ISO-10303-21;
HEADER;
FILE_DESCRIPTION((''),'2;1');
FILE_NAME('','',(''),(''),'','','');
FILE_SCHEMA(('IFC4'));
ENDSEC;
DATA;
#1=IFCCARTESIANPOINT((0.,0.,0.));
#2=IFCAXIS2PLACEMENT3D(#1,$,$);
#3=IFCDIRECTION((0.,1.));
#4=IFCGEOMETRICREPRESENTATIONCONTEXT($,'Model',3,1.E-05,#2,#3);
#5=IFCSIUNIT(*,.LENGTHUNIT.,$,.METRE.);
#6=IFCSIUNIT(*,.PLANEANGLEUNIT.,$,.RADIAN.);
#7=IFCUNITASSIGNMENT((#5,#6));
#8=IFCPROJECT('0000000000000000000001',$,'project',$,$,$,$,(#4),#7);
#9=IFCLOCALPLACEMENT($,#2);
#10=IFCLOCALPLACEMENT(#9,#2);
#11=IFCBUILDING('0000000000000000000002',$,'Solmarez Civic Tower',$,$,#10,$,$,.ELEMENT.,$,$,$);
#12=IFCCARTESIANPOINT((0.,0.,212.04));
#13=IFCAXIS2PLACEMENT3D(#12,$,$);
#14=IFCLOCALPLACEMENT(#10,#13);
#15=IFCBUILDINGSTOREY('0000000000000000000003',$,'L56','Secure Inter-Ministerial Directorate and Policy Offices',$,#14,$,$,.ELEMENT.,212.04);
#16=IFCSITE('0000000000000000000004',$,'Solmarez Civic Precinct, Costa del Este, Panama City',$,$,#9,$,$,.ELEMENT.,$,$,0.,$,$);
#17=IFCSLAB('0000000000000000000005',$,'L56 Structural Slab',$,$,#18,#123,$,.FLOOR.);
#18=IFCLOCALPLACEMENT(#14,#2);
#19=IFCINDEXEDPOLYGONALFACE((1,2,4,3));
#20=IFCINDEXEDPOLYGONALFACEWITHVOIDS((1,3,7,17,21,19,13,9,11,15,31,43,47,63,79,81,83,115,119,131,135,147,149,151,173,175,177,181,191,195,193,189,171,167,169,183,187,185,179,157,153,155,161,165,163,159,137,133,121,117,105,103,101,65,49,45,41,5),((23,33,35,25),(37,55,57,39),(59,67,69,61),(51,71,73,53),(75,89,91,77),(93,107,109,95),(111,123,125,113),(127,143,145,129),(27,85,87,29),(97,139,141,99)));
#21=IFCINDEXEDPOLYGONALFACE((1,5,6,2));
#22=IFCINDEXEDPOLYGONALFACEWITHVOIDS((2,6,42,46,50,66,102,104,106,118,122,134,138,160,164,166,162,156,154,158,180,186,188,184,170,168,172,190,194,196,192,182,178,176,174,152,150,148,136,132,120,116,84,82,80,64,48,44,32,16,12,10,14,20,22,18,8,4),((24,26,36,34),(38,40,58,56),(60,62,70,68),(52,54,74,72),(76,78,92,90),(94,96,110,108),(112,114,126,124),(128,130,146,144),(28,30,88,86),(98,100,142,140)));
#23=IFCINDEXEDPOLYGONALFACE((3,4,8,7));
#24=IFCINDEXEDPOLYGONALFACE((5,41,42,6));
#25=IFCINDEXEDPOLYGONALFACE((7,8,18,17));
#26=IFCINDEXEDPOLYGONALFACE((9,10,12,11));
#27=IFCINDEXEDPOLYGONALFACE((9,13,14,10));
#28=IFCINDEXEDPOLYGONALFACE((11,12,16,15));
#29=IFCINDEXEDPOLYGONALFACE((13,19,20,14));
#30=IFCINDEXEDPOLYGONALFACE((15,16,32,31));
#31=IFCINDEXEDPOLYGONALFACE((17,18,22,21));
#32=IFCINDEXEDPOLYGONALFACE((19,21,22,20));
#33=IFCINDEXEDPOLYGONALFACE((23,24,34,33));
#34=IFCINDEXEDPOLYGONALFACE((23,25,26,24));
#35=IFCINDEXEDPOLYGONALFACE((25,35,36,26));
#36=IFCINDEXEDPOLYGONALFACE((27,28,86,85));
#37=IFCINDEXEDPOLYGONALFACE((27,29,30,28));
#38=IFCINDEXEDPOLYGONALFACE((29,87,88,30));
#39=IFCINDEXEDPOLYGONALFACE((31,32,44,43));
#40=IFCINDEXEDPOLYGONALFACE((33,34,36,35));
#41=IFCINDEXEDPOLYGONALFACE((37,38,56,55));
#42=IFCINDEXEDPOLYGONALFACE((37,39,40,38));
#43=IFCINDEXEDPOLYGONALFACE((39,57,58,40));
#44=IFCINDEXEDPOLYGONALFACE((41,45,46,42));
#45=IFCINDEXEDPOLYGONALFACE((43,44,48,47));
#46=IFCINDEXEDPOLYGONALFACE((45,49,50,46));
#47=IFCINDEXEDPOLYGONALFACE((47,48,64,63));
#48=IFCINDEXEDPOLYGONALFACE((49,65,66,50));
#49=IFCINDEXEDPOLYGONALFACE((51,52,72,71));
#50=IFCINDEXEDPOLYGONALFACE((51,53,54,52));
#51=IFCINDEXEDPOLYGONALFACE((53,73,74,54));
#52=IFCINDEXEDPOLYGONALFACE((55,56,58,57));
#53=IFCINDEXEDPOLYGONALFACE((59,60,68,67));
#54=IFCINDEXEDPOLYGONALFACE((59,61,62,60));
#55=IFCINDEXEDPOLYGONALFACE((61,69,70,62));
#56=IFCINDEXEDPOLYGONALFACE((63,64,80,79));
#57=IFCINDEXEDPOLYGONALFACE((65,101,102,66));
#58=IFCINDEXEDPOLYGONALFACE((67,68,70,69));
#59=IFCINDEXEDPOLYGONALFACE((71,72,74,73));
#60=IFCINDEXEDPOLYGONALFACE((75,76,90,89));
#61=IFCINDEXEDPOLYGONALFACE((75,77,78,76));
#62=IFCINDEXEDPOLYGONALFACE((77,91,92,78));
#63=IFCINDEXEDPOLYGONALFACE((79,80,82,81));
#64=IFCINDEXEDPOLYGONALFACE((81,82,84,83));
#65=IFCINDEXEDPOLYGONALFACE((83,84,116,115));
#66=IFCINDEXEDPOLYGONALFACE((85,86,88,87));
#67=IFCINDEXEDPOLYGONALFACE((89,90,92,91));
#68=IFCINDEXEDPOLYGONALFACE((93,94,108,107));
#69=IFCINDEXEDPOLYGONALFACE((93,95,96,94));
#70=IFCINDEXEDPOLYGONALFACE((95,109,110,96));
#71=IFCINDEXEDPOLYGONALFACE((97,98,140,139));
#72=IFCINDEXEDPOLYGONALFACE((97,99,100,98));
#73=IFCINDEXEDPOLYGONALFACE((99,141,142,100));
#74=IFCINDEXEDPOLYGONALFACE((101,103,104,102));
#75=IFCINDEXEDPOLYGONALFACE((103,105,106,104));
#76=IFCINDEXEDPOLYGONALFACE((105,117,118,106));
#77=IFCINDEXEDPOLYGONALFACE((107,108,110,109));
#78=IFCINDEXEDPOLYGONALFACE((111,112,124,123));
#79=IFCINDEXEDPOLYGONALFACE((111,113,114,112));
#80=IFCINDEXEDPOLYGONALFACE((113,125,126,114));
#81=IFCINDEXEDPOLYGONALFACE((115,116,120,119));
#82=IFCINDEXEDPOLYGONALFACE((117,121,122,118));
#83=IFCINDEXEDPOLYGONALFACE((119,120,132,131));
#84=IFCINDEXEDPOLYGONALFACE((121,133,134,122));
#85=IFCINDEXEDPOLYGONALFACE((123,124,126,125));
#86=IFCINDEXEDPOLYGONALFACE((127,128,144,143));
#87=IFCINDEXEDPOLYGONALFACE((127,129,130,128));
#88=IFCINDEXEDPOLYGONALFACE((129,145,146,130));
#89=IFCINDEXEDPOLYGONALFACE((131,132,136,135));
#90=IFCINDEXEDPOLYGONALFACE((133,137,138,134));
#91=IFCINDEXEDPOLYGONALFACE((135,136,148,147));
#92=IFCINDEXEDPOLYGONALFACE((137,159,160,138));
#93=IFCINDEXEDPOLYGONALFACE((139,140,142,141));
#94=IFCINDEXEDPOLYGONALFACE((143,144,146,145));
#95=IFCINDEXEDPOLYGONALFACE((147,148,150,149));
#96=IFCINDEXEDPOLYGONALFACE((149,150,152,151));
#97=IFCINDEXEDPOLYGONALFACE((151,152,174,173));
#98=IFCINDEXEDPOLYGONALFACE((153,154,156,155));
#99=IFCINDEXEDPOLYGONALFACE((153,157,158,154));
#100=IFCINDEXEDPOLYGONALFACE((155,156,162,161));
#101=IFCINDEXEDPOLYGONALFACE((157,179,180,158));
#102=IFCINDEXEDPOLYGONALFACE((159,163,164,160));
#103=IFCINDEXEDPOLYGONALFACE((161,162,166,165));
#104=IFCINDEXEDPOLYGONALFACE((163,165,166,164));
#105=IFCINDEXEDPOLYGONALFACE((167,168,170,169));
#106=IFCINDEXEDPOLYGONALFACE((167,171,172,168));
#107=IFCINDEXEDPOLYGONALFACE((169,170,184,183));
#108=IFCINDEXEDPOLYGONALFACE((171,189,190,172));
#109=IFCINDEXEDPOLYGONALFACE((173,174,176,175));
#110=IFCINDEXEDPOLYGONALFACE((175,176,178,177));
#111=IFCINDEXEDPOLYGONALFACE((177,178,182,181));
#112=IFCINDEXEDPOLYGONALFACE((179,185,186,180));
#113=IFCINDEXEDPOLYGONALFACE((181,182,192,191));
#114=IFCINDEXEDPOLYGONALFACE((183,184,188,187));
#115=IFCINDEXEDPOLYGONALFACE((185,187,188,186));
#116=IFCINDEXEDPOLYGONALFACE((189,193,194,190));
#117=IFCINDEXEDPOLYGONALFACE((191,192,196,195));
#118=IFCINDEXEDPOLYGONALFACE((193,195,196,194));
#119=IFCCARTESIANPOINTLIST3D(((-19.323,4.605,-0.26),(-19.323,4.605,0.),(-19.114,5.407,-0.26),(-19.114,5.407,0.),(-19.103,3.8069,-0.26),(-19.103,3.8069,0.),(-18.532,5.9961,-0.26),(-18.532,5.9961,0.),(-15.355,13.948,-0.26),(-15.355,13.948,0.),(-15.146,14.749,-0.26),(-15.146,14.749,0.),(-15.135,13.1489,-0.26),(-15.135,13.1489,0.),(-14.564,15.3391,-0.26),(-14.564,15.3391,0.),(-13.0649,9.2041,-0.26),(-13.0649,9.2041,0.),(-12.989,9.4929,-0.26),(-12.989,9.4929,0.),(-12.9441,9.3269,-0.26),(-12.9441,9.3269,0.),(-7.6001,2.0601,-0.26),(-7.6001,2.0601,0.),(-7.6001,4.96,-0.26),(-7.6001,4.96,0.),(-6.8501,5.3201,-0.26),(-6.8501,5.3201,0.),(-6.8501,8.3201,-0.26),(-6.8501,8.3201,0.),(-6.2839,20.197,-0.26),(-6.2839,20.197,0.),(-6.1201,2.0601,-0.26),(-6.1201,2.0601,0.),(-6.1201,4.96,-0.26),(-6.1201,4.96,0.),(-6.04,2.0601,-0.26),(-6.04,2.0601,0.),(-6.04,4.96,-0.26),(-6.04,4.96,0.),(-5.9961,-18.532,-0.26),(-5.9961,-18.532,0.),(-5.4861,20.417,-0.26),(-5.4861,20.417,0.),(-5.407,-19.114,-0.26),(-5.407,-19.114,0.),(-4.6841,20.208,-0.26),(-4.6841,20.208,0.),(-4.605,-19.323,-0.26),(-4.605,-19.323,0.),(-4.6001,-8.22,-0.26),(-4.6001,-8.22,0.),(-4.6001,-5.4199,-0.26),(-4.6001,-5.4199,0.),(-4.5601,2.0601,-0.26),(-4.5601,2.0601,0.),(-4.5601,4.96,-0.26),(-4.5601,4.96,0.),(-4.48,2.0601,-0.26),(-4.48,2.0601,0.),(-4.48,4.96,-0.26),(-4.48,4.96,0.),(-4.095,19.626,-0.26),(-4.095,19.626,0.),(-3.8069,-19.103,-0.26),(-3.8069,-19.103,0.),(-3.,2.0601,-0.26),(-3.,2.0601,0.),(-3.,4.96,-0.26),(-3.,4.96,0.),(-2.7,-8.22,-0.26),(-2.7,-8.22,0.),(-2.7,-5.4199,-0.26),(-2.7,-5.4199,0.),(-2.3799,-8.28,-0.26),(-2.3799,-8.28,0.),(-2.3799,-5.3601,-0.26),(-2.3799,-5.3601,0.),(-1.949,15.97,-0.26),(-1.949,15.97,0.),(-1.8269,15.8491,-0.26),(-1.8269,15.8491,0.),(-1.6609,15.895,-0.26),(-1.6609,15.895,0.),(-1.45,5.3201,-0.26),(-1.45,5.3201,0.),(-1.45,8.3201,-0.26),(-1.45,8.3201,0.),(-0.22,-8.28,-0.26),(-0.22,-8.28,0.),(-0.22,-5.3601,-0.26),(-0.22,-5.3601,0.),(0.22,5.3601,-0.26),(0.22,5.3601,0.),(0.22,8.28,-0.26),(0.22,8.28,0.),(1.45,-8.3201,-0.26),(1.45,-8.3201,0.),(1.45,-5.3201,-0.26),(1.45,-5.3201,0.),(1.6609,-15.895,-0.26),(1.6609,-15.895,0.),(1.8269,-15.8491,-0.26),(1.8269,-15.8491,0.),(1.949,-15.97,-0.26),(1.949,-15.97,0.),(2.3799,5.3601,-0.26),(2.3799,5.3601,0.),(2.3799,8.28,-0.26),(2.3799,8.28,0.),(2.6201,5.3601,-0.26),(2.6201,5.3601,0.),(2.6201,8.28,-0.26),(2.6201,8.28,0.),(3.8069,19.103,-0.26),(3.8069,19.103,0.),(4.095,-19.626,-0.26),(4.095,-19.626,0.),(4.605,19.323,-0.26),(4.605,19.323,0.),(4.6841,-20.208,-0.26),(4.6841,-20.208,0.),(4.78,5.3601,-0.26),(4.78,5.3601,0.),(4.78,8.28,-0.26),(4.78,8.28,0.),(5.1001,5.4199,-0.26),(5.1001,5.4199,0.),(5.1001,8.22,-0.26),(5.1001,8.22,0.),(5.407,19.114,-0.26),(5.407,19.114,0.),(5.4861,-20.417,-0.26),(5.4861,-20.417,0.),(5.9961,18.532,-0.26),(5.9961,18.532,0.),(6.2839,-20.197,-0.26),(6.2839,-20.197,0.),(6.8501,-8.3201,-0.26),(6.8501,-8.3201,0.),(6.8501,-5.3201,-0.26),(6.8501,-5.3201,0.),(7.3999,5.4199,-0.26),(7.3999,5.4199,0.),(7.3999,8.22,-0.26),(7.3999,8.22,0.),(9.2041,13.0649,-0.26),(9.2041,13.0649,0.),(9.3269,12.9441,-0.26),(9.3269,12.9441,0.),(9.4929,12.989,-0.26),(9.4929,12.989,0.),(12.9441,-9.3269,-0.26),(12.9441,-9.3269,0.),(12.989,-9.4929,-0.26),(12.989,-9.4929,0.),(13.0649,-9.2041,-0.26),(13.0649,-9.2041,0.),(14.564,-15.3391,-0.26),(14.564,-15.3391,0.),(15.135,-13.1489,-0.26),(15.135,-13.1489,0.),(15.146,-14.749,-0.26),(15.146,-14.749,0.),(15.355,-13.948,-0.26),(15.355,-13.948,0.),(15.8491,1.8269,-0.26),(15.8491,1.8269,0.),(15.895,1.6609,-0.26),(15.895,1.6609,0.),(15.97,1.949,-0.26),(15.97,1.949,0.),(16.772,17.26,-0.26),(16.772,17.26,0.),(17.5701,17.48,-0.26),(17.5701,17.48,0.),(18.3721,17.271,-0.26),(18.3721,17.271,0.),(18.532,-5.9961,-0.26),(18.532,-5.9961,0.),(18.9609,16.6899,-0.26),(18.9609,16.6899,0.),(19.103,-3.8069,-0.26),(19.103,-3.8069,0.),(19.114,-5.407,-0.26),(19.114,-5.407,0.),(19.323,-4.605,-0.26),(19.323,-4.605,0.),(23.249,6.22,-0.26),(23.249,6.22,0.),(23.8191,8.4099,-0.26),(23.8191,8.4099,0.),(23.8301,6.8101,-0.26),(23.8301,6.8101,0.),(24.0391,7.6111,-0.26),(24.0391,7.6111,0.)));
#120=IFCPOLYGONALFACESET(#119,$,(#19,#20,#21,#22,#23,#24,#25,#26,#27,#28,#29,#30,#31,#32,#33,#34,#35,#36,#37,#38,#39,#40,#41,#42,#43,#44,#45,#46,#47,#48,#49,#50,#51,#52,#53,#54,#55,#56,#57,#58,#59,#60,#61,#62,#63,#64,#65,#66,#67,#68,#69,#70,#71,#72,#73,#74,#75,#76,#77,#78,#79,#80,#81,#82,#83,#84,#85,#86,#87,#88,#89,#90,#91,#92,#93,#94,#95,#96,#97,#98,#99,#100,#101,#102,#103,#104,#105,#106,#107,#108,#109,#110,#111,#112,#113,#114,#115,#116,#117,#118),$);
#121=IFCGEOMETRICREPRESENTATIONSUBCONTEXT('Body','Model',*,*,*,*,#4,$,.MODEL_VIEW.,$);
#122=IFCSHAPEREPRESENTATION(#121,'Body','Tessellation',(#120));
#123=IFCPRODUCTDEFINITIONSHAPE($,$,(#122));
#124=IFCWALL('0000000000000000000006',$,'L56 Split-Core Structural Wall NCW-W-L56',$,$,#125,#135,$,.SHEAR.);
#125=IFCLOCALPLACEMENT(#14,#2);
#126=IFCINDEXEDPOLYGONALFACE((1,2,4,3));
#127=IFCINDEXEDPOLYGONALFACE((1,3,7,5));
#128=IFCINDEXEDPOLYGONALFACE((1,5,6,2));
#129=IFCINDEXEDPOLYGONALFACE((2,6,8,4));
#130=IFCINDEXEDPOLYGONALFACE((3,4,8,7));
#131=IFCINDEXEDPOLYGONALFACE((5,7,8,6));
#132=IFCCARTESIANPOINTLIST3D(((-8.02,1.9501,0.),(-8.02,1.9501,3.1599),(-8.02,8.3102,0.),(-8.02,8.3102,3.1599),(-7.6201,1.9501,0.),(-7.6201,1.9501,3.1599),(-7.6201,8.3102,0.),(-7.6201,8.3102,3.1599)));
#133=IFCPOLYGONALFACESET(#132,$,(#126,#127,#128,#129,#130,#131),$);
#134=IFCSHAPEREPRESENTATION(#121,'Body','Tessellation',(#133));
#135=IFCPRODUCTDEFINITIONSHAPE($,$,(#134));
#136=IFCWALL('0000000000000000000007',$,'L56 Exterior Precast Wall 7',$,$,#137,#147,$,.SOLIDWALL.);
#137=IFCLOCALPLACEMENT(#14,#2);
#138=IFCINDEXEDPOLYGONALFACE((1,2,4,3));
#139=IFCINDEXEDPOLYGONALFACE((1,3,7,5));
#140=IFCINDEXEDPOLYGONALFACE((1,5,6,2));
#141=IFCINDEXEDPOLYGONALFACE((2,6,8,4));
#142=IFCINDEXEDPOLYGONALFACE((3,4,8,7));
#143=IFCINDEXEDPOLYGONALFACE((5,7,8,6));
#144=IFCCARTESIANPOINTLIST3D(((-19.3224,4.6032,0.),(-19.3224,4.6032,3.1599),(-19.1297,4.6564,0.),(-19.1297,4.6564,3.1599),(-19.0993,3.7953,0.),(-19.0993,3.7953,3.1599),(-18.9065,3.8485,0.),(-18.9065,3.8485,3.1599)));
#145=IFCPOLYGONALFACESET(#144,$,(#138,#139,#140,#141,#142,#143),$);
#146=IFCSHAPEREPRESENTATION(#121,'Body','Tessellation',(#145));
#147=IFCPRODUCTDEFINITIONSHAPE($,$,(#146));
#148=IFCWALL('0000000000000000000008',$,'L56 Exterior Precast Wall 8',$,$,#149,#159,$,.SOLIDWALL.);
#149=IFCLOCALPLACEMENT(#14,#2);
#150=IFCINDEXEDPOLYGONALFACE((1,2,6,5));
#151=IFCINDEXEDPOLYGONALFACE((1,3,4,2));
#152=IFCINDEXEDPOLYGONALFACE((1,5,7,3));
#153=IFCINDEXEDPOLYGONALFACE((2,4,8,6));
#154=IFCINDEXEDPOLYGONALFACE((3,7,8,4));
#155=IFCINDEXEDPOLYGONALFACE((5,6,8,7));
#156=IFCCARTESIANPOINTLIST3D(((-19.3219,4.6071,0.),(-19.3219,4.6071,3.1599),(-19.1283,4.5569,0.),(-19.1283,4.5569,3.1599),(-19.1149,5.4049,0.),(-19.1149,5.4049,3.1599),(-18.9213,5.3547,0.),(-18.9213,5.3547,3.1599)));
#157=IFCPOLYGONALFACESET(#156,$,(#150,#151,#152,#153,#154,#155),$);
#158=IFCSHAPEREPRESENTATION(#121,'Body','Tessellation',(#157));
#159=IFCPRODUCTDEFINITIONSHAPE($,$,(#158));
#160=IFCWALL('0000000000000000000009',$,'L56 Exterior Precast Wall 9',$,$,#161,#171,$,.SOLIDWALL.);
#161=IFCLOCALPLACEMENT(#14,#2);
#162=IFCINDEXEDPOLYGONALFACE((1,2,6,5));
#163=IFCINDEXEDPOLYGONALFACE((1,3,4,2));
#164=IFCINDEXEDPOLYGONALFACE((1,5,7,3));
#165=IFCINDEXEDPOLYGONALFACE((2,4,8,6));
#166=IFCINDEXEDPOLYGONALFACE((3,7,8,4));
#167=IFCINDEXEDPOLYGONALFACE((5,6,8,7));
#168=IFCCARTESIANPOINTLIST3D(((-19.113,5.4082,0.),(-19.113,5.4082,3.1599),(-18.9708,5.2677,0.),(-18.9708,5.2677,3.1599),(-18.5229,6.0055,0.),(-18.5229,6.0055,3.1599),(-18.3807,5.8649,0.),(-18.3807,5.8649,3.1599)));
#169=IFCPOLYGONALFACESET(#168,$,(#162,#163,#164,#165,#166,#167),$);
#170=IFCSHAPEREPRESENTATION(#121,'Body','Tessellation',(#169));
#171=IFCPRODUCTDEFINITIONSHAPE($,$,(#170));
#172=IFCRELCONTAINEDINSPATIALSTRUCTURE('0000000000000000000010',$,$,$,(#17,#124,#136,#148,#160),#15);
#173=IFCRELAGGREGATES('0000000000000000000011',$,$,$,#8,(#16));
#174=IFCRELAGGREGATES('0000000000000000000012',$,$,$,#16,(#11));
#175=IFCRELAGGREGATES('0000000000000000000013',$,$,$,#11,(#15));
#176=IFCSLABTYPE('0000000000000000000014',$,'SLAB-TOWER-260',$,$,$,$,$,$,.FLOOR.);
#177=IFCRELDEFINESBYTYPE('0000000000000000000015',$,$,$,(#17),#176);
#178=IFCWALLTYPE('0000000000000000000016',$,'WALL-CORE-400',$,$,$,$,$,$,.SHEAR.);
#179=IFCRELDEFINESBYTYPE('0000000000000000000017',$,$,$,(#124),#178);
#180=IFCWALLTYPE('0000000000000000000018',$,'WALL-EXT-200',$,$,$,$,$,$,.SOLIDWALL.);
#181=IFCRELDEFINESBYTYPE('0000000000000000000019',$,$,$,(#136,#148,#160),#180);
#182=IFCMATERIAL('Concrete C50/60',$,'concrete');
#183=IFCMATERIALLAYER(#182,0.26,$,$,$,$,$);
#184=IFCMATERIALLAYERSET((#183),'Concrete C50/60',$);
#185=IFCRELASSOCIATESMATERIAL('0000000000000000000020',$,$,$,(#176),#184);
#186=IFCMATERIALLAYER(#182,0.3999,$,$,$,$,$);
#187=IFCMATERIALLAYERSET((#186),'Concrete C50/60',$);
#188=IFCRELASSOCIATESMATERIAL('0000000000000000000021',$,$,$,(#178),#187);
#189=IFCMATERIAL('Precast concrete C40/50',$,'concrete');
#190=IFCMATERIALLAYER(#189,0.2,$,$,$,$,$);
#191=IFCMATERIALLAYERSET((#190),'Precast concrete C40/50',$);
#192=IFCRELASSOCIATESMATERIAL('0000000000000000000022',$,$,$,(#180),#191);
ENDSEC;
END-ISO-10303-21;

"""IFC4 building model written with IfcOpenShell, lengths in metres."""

from ifc_helpers import new_model, si_unit, direction, frame, frame_2d, origin, place, context, subcontext, project, spatial, polyline, rectangle, outline, extrude, material, layer, layer_set, type_object, element, save


model = new_model("IFC4")

# Units and contexts
model_context = context("Model", 3, precision=1e-05, world=origin(), true_north=direction((0.0, 1.0)))
body_context = subcontext(model_context, "Body", "Model", "MODEL_VIEW")
ifc_project = project(units=[si_unit("LENGTHUNIT", "METRE"), si_unit("PLANEANGLEUNIT", "RADIAN")], contexts=[model_context])

# Site, building, storey
site_placement = place(None, origin())
site = spatial("IfcSite", under=ifc_project, at=site_placement, Name="Solmarez Civic Precinct, Costa del Este, Panama City", CompositionType="ELEMENT", RefElevation=0.0)
building_placement = place(site_placement, origin())
building = spatial("IfcBuilding", under=site, at=building_placement, Name="Solmarez Civic Tower", CompositionType="ELEMENT")
storey_placement = place(building_placement, frame((0.0, 0.0, 212.04)))
storey = spatial("IfcBuildingStorey", under=building, at=storey_placement, Name="L56", Description="Secure Inter-Ministerial Directorate and Policy Offices", CompositionType="ELEMENT", Elevation=212.04)

# Shared definitions
ifc_material_1 = material(Name="Concrete C50/60", Category="concrete")

# Slab
ifc_layer_1 = layer(ifc_material_1, 0.26)
ifc_layer_set_1 = layer_set([ifc_layer_1], Name="Concrete C50/60")
slab_type_1 = type_object("IfcSlabType", Name="SLAB-TOWER-260", PredefinedType="FLOOR", material=ifc_layer_set_1)
slab_1_placement = place(storey_placement, frame((0.0, 0.0, -0.26)))
element("IfcSlab", 1, at=slab_1_placement, inside=storey, type_object=slab_type_1, Name="L56 Structural Slab", PredefinedType="FLOOR", context=body_context, shape_type="SweptSolid", body=[
    extrude(outline(polyline([(1.949, -15.97), (4.095, -19.626), (4.6841, -20.208), (5.4861, -20.417), (6.2839, -20.197), (14.564, -15.3391), (15.146, -14.749), (15.355, -13.948), (15.135, -13.1489), (12.989, -9.4929), (12.9441, -9.3269), (13.0649, -9.2041), (18.532, -5.9961), (19.114, -5.407), (19.323, -4.605), (19.103, -3.8069), (15.895, 1.6609), (15.8491, 1.8269), (15.97, 1.949), (23.249, 6.22), (23.8301, 6.8101), (24.0391, 7.6111), (23.8191, 8.4099), (18.9609, 16.6899), (18.3721, 17.271), (17.5701, 17.48), (16.772, 17.26), (9.4929, 12.989), (9.3269, 12.9441), (9.2041, 13.0649), (5.9961, 18.532), (5.407, 19.114), (4.605, 19.323), (3.8069, 19.103), (-1.6609, 15.895), (-1.8269, 15.8491), (-1.949, 15.97), (-4.095, 19.626), (-4.6841, 20.208), (-5.4861, 20.417), (-6.2839, 20.197), (-14.564, 15.3391), (-15.146, 14.749), (-15.355, 13.948), (-15.135, 13.1489), (-12.989, 9.4929), (-12.9441, 9.3269), (-13.0649, 9.2041), (-18.532, 5.9961), (-19.114, 5.407), (-19.323, 4.605), (-19.103, 3.8069), (-5.9961, -18.532), (-5.407, -19.114), (-4.605, -19.323), (-3.8069, -19.103), (1.6609, -15.895), (1.8269, -15.8491), (1.949, -15.97)]), holes=[polyline([(-1.45, 8.3201), (-6.8501, 8.3201), (-6.8501, 5.3201), (-1.45, 5.3201), (-1.45, 8.3201)]), polyline([(1.45, -8.3201), (6.8501, -8.3201), (6.8501, -5.3201), (1.45, -5.3201), (1.45, -8.3201)]), polyline([(0.22, 5.3601), (2.3799, 5.3601), (2.3799, 8.28), (0.22, 8.28), (0.22, 5.3601)]), polyline([(2.6201, 5.3601), (4.78, 5.3601), (4.78, 8.28), (2.6201, 8.28), (2.6201, 5.3601)]), polyline([(-2.3799, -8.28), (-0.22, -8.28), (-0.22, -5.3601), (-2.3799, -5.3601), (-2.3799, -8.28)]), polyline([(-7.6001, 2.0601), (-6.1201, 2.0601), (-6.1201, 4.96), (-7.6001, 4.96), (-7.6001, 2.0601)]), polyline([(-6.04, 2.0601), (-4.5601, 2.0601), (-4.5601, 4.96), (-6.04, 4.96), (-6.04, 2.0601)]), polyline([(-4.48, 2.0601), (-3.0, 2.0601), (-3.0, 4.96), (-4.48, 4.96), (-4.48, 2.0601)]), polyline([(5.1001, 5.4199), (7.3999, 5.4199), (7.3999, 8.22), (5.1001, 8.22), (5.1001, 5.4199)]), polyline([(-4.6001, -8.22), (-2.7, -8.22), (-2.7, -5.4199), (-4.6001, -5.4199), (-4.6001, -8.22)])]), origin(), (0.0, 0.0, 1.0), 0.26),
])

# Walls
ifc_layer_2 = layer(ifc_material_1, 0.3999)
ifc_layer_set_2 = layer_set([ifc_layer_2], Name="Concrete C50/60")
wall_type_1 = type_object("IfcWallType", Name="WALL-CORE-400", PredefinedType="SHEAR", material=ifc_layer_set_2)
wall_1_placement = place(storey_placement, frame((-7.8201, 1.95, 0.0), z_axis=(0.0, 0.0, 1.0), x_axis=(0.0, 1.0, 0.0)))
element("IfcWall", 2, at=wall_1_placement, inside=storey, type_object=wall_type_1, Name="L56 Split-Core Structural Wall NCW-W-L56", PredefinedType="SHEAR", context=body_context, shape_type="SweptSolid", body=[
    extrude(rectangle(XDim=6.3601, YDim=0.3999, at=frame_2d((3.1802, 0.0))), origin(), (0.0, 0.0, 1.0), 3.1599),
])
ifc_material_2 = material(Name="Precast concrete C40/50", Category="concrete")
ifc_layer_3 = layer(ifc_material_2, 0.2)
ifc_layer_set_3 = layer_set([ifc_layer_3], Name="Precast concrete C40/50")
wall_type_2 = type_object("IfcWallType", Name="WALL-EXT-200", PredefinedType="SOLIDWALL", material=ifc_layer_set_3)
wall_2_placement = place(storey_placement, frame((-19.0029, 3.822, 0.0), z_axis=(0.0, 0.0, 1.0), x_axis=(-0.266246, 0.963905, 0.0)))
element("IfcWall", 3, at=wall_2_placement, inside=storey, type_object=wall_type_2, Name="L56 Exterior Precast Wall 7", PredefinedType="SOLIDWALL", context=body_context, shape_type="SweptSolid", body=[
    extrude(rectangle(XDim=0.8381, YDim=0.2, at=frame_2d((0.4189, 0.0))), origin(), (0.0, 0.0, 1.0), 3.1599),
])
wall_3_placement = place(storey_placement, frame((-19.2251, 4.582, 0.0), z_axis=(0.0, 0.0, 1.0), x_axis=(0.251168, 0.967944, 0.0)))
element("IfcWall", 4, at=wall_3_placement, inside=storey, type_object=wall_type_2, Name="L56 Exterior Precast Wall 8", PredefinedType="SOLIDWALL", context=body_context, shape_type="SweptSolid", body=[
    extrude(rectangle(XDim=0.8242, YDim=0.2, at=frame_2d((0.4121, 0.0))), origin(), (0.0, 0.0, 1.0), 3.1599),
])
wall_4_placement = place(storey_placement, frame((-19.042, 5.3379, 0.0), z_axis=(0.0, 0.0, 1.0), x_axis=(0.702878, 0.711311, 0.0)))
element("IfcWall", 5, at=wall_4_placement, inside=storey, type_object=wall_type_2, Name="L56 Exterior Precast Wall 9", PredefinedType="SOLIDWALL", context=body_context, shape_type="SweptSolid", body=[
    extrude(rectangle(XDim=0.8396, YDim=0.2, at=frame_2d((0.4199, 0.0))), origin(), (0.0, 0.0, 1.0), 3.1599),
])

save(model, "model.ifc")
